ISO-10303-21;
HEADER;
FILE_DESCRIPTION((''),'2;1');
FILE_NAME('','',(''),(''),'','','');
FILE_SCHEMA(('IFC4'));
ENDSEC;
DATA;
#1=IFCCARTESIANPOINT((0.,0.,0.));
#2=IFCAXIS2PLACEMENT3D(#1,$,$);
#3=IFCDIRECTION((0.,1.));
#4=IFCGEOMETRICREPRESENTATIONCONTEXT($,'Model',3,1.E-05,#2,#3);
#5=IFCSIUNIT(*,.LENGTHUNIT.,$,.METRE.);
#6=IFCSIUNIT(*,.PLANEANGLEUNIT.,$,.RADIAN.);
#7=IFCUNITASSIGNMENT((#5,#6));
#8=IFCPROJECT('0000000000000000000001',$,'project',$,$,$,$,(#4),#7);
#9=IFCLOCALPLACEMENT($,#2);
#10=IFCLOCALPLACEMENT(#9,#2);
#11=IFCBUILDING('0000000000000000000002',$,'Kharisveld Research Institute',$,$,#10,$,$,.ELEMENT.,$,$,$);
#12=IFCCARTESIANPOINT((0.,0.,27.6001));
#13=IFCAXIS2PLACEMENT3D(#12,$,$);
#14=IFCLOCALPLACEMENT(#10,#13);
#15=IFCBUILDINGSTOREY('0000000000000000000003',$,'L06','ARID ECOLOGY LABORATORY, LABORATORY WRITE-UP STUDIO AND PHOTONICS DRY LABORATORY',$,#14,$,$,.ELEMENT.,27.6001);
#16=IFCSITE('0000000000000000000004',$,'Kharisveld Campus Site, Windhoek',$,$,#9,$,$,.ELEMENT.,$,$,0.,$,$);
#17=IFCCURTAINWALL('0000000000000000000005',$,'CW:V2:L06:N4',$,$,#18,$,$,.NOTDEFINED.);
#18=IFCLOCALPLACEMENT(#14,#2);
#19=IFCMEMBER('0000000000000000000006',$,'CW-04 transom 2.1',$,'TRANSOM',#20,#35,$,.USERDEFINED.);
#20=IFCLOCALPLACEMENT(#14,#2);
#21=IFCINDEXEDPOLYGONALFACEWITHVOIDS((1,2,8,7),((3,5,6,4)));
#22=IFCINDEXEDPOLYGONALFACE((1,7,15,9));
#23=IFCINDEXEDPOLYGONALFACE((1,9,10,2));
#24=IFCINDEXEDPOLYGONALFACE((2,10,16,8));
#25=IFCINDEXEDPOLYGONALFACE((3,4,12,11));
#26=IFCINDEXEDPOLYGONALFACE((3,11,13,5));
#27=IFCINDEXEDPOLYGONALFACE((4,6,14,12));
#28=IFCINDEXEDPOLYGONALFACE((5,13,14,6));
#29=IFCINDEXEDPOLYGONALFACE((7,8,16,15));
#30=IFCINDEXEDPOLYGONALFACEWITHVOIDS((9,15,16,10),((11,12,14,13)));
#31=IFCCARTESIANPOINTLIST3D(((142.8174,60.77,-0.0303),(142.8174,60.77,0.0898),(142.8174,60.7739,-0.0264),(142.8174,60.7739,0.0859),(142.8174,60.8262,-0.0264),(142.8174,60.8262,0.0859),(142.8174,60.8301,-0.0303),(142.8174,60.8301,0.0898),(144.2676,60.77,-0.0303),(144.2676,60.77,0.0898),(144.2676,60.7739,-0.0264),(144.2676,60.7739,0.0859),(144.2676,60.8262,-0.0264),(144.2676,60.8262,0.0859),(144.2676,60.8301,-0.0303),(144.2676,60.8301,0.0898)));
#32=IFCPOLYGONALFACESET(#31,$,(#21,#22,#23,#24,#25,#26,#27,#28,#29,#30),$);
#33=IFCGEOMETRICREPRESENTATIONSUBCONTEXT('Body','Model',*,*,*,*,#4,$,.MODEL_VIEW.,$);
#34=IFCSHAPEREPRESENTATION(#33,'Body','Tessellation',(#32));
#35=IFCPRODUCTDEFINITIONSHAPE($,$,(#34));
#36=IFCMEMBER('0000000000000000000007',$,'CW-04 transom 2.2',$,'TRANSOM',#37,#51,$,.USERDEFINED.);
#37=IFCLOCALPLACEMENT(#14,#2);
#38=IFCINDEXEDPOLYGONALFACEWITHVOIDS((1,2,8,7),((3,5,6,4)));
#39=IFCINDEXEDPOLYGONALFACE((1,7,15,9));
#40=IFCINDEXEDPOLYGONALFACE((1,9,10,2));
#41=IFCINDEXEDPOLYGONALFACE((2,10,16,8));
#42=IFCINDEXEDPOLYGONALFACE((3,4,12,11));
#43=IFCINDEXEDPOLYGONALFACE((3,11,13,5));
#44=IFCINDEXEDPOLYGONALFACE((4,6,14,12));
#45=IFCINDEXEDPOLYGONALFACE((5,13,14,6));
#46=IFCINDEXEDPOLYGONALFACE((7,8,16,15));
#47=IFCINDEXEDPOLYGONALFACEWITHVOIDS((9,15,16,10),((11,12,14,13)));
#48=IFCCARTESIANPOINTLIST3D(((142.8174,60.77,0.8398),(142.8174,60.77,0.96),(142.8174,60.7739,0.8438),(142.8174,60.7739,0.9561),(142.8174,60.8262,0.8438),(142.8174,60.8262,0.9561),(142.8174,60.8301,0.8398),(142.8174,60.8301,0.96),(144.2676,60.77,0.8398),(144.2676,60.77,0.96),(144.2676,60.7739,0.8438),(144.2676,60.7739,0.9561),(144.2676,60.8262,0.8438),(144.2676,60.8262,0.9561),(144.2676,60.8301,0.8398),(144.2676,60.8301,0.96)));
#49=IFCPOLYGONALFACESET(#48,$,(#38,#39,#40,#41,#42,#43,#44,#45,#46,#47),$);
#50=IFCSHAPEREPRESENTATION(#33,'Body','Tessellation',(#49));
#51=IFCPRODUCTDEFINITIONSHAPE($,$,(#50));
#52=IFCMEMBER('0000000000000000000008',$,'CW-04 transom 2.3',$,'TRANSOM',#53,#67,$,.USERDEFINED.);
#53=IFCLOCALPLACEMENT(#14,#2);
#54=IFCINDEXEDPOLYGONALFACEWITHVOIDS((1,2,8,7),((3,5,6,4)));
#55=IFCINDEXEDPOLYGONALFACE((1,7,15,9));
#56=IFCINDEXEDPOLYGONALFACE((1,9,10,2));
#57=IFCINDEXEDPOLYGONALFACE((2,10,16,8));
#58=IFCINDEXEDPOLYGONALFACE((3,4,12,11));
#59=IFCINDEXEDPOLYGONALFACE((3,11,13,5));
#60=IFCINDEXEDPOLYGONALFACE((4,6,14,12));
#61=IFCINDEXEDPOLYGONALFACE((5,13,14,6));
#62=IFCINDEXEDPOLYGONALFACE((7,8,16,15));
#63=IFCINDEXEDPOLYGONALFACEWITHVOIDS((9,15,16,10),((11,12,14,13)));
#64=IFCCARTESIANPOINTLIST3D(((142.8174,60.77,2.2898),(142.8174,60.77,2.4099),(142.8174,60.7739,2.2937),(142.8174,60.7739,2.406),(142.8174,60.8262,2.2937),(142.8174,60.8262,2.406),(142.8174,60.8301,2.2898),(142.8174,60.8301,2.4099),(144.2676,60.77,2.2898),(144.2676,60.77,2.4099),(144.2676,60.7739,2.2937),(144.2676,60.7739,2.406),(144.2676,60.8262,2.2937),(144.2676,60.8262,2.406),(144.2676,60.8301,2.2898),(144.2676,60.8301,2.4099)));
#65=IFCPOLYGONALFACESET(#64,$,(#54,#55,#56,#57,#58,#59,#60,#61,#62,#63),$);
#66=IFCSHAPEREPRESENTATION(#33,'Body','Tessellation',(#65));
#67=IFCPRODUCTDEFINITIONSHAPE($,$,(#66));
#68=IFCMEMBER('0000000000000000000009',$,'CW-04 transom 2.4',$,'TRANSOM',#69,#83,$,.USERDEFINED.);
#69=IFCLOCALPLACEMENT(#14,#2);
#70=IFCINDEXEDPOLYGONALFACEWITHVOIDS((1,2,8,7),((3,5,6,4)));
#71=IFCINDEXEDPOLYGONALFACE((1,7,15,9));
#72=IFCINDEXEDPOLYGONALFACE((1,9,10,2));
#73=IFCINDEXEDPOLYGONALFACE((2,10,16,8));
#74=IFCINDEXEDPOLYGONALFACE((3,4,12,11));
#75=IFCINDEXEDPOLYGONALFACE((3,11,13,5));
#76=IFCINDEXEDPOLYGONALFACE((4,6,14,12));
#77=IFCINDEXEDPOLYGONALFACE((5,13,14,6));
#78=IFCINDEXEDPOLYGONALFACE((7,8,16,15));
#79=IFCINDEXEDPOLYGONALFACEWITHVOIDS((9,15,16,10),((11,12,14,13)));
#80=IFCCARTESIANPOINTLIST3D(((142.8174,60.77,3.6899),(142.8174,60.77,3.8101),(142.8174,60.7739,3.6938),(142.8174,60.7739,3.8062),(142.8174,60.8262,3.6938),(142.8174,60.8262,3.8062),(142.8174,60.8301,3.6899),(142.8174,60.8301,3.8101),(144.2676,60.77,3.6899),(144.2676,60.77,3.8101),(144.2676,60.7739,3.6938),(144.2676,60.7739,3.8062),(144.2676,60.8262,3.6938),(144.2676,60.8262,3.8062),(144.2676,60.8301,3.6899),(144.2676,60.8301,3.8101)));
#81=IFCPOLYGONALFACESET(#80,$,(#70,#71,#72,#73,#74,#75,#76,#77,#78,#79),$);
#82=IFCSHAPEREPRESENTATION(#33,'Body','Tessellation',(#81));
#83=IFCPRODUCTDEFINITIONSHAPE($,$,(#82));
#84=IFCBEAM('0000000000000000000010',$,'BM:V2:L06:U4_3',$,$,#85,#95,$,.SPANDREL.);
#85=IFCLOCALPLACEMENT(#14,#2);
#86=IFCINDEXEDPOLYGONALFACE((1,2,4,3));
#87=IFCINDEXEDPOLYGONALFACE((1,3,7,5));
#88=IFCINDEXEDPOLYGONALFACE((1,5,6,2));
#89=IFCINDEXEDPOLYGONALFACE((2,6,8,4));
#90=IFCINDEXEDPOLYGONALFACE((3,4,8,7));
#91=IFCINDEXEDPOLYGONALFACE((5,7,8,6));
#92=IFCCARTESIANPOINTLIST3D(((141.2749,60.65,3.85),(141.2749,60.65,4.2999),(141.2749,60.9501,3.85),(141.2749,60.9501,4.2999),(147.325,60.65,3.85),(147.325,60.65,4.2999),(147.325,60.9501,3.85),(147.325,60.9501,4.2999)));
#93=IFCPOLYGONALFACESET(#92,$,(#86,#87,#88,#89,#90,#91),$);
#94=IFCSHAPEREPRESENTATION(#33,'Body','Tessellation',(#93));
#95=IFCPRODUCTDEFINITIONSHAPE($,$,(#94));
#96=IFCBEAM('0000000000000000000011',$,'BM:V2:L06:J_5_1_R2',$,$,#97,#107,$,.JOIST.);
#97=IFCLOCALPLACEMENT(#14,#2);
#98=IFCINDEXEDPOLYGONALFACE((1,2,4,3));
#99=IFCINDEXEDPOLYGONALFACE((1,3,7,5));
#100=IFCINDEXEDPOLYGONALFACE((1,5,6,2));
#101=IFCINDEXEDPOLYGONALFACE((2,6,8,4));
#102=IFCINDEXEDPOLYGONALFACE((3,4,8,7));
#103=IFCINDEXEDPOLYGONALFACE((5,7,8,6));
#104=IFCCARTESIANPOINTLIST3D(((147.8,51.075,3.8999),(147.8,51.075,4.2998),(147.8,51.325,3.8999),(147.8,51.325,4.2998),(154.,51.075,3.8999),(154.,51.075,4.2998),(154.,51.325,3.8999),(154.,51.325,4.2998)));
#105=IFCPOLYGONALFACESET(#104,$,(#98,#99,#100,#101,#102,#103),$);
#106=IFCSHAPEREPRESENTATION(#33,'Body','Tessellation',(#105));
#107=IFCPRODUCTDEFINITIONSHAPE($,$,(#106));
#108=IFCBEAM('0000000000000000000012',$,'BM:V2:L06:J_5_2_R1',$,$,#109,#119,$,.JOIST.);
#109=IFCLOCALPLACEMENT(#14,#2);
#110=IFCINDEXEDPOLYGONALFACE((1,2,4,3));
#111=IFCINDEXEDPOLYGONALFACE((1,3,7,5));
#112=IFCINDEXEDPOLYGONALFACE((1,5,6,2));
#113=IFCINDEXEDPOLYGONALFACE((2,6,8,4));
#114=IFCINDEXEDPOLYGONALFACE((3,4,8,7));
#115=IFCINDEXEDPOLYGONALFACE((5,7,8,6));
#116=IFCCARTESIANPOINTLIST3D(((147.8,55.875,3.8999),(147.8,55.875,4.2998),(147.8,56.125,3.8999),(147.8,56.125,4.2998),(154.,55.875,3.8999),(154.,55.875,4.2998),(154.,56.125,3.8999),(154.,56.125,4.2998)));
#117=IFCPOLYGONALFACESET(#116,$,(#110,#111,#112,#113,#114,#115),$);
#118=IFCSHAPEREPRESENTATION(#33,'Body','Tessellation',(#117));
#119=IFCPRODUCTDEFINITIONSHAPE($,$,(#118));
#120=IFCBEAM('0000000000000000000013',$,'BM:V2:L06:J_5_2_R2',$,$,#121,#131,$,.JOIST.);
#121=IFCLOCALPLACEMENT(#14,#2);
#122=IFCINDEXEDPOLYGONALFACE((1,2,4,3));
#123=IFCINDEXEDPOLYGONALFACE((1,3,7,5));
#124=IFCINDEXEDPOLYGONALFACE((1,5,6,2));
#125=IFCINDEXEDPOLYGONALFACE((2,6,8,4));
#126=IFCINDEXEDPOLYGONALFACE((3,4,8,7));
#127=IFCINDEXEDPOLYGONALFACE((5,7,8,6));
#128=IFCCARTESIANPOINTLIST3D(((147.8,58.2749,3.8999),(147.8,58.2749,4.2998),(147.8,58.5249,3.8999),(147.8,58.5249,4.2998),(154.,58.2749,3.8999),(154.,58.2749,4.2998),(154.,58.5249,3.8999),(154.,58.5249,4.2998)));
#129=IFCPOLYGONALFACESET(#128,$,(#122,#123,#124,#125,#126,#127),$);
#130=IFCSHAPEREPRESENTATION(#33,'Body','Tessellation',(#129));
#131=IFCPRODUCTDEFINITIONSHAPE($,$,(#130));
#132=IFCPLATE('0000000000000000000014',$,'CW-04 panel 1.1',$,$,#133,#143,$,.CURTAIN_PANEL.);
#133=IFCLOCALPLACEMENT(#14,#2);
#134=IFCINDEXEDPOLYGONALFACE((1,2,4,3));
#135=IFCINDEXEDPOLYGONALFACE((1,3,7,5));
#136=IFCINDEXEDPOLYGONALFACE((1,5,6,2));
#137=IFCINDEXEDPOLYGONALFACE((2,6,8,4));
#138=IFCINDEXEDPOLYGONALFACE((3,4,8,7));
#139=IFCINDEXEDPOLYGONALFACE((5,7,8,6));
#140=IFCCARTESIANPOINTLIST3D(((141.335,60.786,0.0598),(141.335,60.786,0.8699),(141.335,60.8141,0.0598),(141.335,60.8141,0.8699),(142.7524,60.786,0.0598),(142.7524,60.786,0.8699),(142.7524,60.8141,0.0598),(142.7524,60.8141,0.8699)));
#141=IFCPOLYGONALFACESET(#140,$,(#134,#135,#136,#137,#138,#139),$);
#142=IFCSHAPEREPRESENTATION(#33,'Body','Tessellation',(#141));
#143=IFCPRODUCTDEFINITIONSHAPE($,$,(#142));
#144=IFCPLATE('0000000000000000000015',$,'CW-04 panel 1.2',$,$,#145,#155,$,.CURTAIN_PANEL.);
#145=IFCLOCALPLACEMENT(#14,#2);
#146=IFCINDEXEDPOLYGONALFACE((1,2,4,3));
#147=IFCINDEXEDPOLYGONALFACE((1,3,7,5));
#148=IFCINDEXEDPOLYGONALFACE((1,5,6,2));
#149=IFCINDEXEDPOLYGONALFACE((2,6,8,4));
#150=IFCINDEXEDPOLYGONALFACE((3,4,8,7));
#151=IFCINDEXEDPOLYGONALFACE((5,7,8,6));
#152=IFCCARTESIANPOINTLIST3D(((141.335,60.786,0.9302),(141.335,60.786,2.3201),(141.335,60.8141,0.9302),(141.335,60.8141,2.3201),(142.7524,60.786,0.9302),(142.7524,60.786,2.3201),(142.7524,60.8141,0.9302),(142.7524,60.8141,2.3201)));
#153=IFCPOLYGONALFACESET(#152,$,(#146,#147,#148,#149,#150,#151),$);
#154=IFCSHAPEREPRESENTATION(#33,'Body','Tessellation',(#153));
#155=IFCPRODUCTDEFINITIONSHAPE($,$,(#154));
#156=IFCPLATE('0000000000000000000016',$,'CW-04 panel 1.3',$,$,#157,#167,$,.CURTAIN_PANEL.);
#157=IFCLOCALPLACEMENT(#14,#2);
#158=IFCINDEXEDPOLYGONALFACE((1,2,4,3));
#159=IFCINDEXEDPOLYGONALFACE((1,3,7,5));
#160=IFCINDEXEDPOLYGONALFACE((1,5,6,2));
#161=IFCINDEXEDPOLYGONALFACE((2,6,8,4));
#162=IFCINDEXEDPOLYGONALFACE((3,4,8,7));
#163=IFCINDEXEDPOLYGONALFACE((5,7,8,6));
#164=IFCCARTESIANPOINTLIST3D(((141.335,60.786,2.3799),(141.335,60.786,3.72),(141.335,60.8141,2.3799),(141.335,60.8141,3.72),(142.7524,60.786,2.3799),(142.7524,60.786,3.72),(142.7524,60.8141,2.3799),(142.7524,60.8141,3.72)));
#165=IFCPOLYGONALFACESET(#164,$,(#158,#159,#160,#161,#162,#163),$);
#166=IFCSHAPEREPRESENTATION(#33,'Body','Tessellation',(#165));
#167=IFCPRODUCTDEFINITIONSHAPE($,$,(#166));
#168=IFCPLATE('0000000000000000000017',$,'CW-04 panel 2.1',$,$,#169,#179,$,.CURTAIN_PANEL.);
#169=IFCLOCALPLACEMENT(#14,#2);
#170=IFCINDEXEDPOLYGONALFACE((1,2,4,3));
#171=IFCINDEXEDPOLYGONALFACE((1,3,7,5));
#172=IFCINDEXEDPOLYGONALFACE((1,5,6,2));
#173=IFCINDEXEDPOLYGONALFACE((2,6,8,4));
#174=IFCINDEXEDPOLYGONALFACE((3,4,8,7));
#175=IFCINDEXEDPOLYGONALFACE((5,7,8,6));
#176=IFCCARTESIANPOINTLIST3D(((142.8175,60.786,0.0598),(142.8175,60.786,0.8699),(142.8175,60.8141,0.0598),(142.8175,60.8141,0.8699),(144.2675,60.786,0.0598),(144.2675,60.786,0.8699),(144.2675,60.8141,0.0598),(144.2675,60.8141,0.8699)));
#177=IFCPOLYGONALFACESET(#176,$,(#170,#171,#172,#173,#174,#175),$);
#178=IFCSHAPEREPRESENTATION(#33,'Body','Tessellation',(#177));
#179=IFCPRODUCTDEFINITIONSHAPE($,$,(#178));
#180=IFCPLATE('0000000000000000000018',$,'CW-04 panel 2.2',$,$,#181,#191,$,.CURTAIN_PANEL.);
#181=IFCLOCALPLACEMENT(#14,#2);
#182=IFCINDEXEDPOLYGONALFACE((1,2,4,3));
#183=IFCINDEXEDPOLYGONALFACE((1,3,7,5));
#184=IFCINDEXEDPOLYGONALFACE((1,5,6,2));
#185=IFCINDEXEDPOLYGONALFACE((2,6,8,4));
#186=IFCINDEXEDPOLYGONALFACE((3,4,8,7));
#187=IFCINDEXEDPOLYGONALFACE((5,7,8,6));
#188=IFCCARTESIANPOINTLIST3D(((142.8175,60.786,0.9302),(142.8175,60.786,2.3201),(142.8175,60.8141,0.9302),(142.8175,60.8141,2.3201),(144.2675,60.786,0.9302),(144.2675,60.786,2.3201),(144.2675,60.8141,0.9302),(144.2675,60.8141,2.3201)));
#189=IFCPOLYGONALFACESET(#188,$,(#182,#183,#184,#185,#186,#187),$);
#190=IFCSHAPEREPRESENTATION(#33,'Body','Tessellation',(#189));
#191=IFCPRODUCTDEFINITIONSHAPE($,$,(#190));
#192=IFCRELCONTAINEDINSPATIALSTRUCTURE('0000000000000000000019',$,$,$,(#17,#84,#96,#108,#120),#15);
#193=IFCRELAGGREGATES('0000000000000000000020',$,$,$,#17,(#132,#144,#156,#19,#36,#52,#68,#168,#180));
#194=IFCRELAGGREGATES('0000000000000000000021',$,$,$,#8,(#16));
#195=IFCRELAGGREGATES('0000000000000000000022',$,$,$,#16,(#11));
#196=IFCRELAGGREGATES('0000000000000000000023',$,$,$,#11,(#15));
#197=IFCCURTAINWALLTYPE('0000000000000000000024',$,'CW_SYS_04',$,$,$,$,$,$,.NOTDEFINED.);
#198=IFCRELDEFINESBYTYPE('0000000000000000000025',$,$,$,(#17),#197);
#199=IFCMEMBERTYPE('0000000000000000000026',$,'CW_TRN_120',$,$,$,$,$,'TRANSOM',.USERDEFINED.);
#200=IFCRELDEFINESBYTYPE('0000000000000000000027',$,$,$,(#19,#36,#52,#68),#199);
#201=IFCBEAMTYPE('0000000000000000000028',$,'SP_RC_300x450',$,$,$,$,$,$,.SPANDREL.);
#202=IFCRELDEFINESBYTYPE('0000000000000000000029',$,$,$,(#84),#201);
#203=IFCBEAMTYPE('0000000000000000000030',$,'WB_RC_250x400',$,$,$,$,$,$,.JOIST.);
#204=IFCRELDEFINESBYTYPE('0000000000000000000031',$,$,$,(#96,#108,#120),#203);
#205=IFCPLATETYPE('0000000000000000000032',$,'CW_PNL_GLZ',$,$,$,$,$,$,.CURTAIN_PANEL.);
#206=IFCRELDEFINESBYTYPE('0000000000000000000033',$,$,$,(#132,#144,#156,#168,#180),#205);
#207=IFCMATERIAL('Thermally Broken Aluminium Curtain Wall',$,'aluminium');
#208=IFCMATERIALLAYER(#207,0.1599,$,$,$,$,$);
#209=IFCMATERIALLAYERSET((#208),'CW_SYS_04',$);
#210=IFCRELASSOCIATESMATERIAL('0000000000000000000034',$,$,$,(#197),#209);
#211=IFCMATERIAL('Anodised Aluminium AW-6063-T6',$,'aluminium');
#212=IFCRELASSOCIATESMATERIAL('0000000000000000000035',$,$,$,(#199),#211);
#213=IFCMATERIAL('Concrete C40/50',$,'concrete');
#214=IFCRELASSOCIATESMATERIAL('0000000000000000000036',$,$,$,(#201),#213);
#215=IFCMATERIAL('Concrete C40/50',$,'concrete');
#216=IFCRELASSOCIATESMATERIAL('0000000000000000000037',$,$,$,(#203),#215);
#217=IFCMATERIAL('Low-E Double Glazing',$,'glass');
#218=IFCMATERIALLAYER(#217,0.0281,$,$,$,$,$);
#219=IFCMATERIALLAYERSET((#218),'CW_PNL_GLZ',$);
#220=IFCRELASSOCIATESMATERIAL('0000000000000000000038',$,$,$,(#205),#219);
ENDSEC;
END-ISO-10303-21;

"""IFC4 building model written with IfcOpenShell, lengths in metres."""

from ifc_helpers import new_model, si_unit, direction, frame, origin, origin_2d, place, context, subcontext, project, spatial, rectangle, hollow_rectangle, extrude, material, layer, layer_set, material_profile, profile_set, type_object, element, aggregate, save


model = new_model("IFC4")

# Units and contexts
model_context = context("Model", 3, precision=1e-05, world=origin(), true_north=direction((0.0, 1.0)))
body_context = subcontext(model_context, "Body", "Model", "MODEL_VIEW")
ifc_project = project(units=[si_unit("LENGTHUNIT", "METRE"), si_unit("PLANEANGLEUNIT", "RADIAN")], contexts=[model_context])

# Site, building, storey
site_placement = place(None, origin())
site = spatial("IfcSite", under=ifc_project, at=site_placement, Name="Kharisveld Campus Site, Windhoek", CompositionType="ELEMENT", RefElevation=0.0)
building_placement = place(site_placement, origin())
building = spatial("IfcBuilding", under=site, at=building_placement, Name="Kharisveld Research Institute", CompositionType="ELEMENT")
storey_placement = place(building_placement, frame((0.0, 0.0, 27.6001)))
storey = spatial("IfcBuildingStorey", under=building, at=storey_placement, Name="L06", Description="ARID ECOLOGY LABORATORY, LABORATORY WRITE-UP STUDIO AND PHOTONICS DRY LABORATORY", CompositionType="ELEMENT", Elevation=27.6001)

# Curtain wall, members
ifc_material_1 = material(Name="Thermally Broken Aluminium Curtain Wall", Category="aluminium")
ifc_layer_1 = layer(ifc_material_1, 0.1599)
ifc_layer_set_1 = layer_set([ifc_layer_1], Name="CW_SYS_04")
curtain_wall_type = type_object("IfcCurtainWallType", Name="CW_SYS_04", PredefinedType="NOTDEFINED", material=ifc_layer_set_1)
curtain_wall_placement = place(storey_placement, origin())
curtain_wall = element("IfcCurtainWall", 1, at=curtain_wall_placement, inside=storey, type_object=curtain_wall_type, Name="CW:V2:L06:N4", PredefinedType="NOTDEFINED")
ifc_material_2 = material(Name="Anodised Aluminium AW-6063-T6", Category="aluminium")
ifc_material_profile_1 = material_profile(ifc_material_2, hollow_rectangle(XDim=0.0601, YDim=0.1201, WallThickness=0.0039, at=origin_2d()))
ifc_profile_set_1 = profile_set([ifc_material_profile_1], Name="Anodised Aluminium AW-6063-T6")
member_type_1 = type_object("IfcMemberType", Name="CW_TRN_120", ElementType="TRANSOM", PredefinedType="USERDEFINED", material=ifc_profile_set_1)
member_1_placement = place(storey_placement, frame((142.8174, 60.8, 0.0298), z_axis=(1.0, 0.0, 0.0), x_axis=(0.0, 1.0, 0.0)))
member_1 = element("IfcMember", 2, at=member_1_placement, type_object=member_type_1, Name="CW-04 transom 2.1", ObjectType="TRANSOM", PredefinedType="USERDEFINED", context=body_context, shape_type="SweptSolid", body=[
    extrude(hollow_rectangle(XDim=0.0601, YDim=0.1201, WallThickness=0.0039, at=origin_2d()), origin(), (0.0, 0.0, 1.0), 1.4502),
])
member_2_placement = place(storey_placement, frame((142.8174, 60.8, 0.8999), z_axis=(1.0, 0.0, 0.0), x_axis=(0.0, 1.0, 0.0)))
member_2 = element("IfcMember", 3, at=member_2_placement, type_object=member_type_1, Name="CW-04 transom 2.2", ObjectType="TRANSOM", PredefinedType="USERDEFINED", context=body_context, shape_type="SweptSolid", body=[
    extrude(hollow_rectangle(XDim=0.0601, YDim=0.1201, WallThickness=0.0039, at=origin_2d()), origin(), (0.0, 0.0, 1.0), 1.4502),
])
member_3_placement = place(storey_placement, frame((142.8174, 60.8, 2.3499), z_axis=(1.0, 0.0, 0.0), x_axis=(0.0, 1.0, 0.0)))
member_3 = element("IfcMember", 4, at=member_3_placement, type_object=member_type_1, Name="CW-04 transom 2.3", ObjectType="TRANSOM", PredefinedType="USERDEFINED", context=body_context, shape_type="SweptSolid", body=[
    extrude(hollow_rectangle(XDim=0.0601, YDim=0.1201, WallThickness=0.0039, at=origin_2d()), origin(), (0.0, 0.0, 1.0), 1.4502),
])
member_4_placement = place(storey_placement, frame((142.8174, 60.8, 3.75), z_axis=(1.0, 0.0, 0.0), x_axis=(0.0, 1.0, 0.0)))
member_4 = element("IfcMember", 5, at=member_4_placement, type_object=member_type_1, Name="CW-04 transom 2.4", ObjectType="TRANSOM", PredefinedType="USERDEFINED", context=body_context, shape_type="SweptSolid", body=[
    extrude(hollow_rectangle(XDim=0.0601, YDim=0.1201, WallThickness=0.0039, at=origin_2d()), origin(), (0.0, 0.0, 1.0), 1.4502),
])

# Beams
ifc_material_3 = material(Name="Concrete C40/50", Category="concrete")
ifc_material_profile_2 = material_profile(ifc_material_3, rectangle(XDim=0.3, YDim=0.45, at=origin_2d()))
ifc_profile_set_2 = profile_set([ifc_material_profile_2], Name="Concrete C40/50")
beam_type_1 = type_object("IfcBeamType", Name="SP_RC_300x450", PredefinedType="SPANDREL", material=ifc_profile_set_2)
beam_1_placement = place(storey_placement, frame((141.2749, 60.8, 4.075), z_axis=(1.0, 0.0, 0.0), x_axis=(0.0, 1.0, 0.0)))
element("IfcBeam", 6, at=beam_1_placement, inside=storey, type_object=beam_type_1, Name="BM:V2:L06:U4_3", PredefinedType="SPANDREL", context=body_context, shape_type="SweptSolid", body=[
    extrude(rectangle(XDim=0.3, YDim=0.45, at=origin_2d()), origin(), (0.0, 0.0, 1.0), 6.05),
])
ifc_material_4 = material(Name="Concrete C40/50", Category="concrete")
ifc_material_profile_3 = material_profile(ifc_material_4, rectangle(XDim=0.25, YDim=0.3999, at=origin_2d()))
ifc_profile_set_3 = profile_set([ifc_material_profile_3], Name="Concrete C40/50")
beam_type_2 = type_object("IfcBeamType", Name="WB_RC_250x400", PredefinedType="JOIST", material=ifc_profile_set_3)
for number, where, z_axis, x_axis, name in (
    (7, (147.8, 51.2, 4.0999), (1.0, 0.0, 0.0), (0.0, 1.0, 0.0), "BM:V2:L06:J_5_1_R2"),
    (8, (147.8, 56.0, 4.0999), (1.0, 0.0, 0.0), (0.0, 1.0, 0.0), "BM:V2:L06:J_5_2_R1"),
    (9, (147.8, 58.3999, 4.0999), (1.0, 0.0, 0.0), (0.0, 1.0, 0.0), "BM:V2:L06:J_5_2_R2"),
):
    element("IfcBeam", number, at=place(storey_placement, frame(where, z_axis=z_axis, x_axis=x_axis)), inside=storey, type_object=beam_type_2, Name=name, PredefinedType="JOIST", context=body_context, shape_type="SweptSolid", body=[
        extrude(rectangle(XDim=0.25, YDim=0.3999, at=origin_2d()), origin(), (0.0, 0.0, 1.0), 6.2),
    ])

# Plates
ifc_material_5 = material(Name="Low-E Double Glazing", Category="glass")
ifc_layer_2 = layer(ifc_material_5, 0.0281)
ifc_layer_set_2 = layer_set([ifc_layer_2], Name="CW_PNL_GLZ")
plate_type = type_object("IfcPlateType", Name="CW_PNL_GLZ", PredefinedType="CURTAIN_PANEL", material=ifc_layer_set_2)
plate_1_placement = place(storey_placement, frame((142.0437, 60.8, 0.0598), z_axis=(0.0, 0.0, 1.0), x_axis=(1.0, 0.0, 0.0)))
plate_1 = element("IfcPlate", 10, at=plate_1_placement, type_object=plate_type, Name="CW-04 panel 1.1", PredefinedType="CURTAIN_PANEL", context=body_context, shape_type="SweptSolid", body=[
    extrude(rectangle(XDim=1.4175, YDim=0.0281, at=origin_2d()), origin(), (0.0, 0.0, 1.0), 0.8101),
])
plate_2_placement = place(storey_placement, frame((142.0437, 60.8, 0.9302), z_axis=(0.0, 0.0, 1.0), x_axis=(1.0, 0.0, 0.0)))
plate_2 = element("IfcPlate", 11, at=plate_2_placement, type_object=plate_type, Name="CW-04 panel 1.2", PredefinedType="CURTAIN_PANEL", context=body_context, shape_type="SweptSolid", body=[
    extrude(rectangle(XDim=1.4175, YDim=0.0281, at=origin_2d()), origin(), (0.0, 0.0, 1.0), 1.3899),
])
plate_3_placement = place(storey_placement, frame((142.0437, 60.8, 2.3799), z_axis=(0.0, 0.0, 1.0), x_axis=(1.0, 0.0, 0.0)))
plate_3 = element("IfcPlate", 12, at=plate_3_placement, type_object=plate_type, Name="CW-04 panel 1.3", PredefinedType="CURTAIN_PANEL", context=body_context, shape_type="SweptSolid", body=[
    extrude(rectangle(XDim=1.4175, YDim=0.0281, at=origin_2d()), origin(), (0.0, 0.0, 1.0), 1.3401),
])
plate_4_placement = place(storey_placement, frame((143.5425, 60.8, 0.0598), z_axis=(0.0, 0.0, 1.0), x_axis=(1.0, 0.0, 0.0)))
plate_4 = element("IfcPlate", 13, at=plate_4_placement, type_object=plate_type, Name="CW-04 panel 2.1", PredefinedType="CURTAIN_PANEL", context=body_context, shape_type="SweptSolid", body=[
    extrude(rectangle(XDim=1.45, YDim=0.0281, at=origin_2d()), origin(), (0.0, 0.0, 1.0), 0.8101),
])
plate_5_placement = place(storey_placement, frame((143.5425, 60.8, 0.9302), z_axis=(0.0, 0.0, 1.0), x_axis=(1.0, 0.0, 0.0)))
plate_5 = element("IfcPlate", 14, at=plate_5_placement, type_object=plate_type, Name="CW-04 panel 2.2", PredefinedType="CURTAIN_PANEL", context=body_context, shape_type="SweptSolid", body=[
    extrude(rectangle(XDim=1.45, YDim=0.0281, at=origin_2d()), origin(), (0.0, 0.0, 1.0), 1.3899),
])
aggregate(curtain_wall, [plate_1, plate_2, plate_3, member_1, member_2, member_3, member_4, plate_4, plate_5])

save(model, "model.ifc")
